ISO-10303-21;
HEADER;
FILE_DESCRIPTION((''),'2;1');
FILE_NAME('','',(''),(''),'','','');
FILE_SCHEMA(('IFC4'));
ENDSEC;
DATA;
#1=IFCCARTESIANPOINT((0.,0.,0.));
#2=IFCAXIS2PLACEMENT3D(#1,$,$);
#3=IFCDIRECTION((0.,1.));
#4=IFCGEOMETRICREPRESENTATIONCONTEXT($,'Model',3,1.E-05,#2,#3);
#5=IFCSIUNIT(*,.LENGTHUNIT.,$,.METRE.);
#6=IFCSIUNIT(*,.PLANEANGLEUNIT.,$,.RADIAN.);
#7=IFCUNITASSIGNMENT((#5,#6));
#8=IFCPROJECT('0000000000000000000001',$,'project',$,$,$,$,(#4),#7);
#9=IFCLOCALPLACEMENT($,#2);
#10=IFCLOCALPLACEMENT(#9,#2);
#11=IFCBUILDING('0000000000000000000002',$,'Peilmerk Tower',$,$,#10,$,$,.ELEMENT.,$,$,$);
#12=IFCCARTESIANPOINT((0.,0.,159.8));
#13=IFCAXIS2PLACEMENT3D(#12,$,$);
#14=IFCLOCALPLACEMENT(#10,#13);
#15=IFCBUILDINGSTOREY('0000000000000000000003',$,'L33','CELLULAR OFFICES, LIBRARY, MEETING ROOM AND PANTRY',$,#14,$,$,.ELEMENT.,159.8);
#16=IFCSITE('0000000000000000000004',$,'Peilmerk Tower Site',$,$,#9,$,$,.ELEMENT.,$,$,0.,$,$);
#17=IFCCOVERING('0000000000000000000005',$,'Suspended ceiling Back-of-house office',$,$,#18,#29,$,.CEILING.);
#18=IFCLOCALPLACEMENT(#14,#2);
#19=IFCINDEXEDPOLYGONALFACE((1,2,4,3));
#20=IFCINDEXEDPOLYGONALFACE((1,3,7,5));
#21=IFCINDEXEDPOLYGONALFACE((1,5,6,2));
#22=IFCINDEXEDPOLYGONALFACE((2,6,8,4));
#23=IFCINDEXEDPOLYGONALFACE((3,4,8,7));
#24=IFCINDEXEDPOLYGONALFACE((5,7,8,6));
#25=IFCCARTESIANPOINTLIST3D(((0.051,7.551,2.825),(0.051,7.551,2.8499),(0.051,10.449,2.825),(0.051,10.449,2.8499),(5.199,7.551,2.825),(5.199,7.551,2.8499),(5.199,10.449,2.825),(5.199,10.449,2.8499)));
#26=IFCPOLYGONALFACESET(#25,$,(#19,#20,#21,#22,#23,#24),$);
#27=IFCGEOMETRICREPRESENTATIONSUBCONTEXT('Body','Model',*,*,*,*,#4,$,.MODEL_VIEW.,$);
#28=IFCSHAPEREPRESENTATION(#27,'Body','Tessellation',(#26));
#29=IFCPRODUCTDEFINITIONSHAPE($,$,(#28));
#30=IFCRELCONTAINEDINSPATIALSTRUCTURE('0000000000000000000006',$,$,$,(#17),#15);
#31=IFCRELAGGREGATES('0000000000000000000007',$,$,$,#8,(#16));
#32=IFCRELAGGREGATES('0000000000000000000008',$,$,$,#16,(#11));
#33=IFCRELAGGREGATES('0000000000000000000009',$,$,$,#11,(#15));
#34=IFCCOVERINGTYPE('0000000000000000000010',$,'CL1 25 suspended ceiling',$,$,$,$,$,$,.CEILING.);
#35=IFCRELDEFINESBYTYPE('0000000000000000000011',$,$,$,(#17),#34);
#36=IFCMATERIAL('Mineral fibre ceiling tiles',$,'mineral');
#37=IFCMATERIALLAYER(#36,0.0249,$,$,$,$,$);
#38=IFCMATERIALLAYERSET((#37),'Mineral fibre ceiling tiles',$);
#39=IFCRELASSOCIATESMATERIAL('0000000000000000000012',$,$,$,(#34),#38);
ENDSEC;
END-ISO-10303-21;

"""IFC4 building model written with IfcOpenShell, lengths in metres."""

from ifc_helpers import new_model, si_unit, direction, frame, origin, place, context, subcontext, project, spatial, polyline, outline, extrude, material, layer, layer_set, type_object, element, save


model = new_model("IFC4")

# Units and contexts
model_context = context("Model", 3, precision=1e-05, world=origin(), true_north=direction((0.0, 1.0)))
body_context = subcontext(model_context, "Body", "Model", "MODEL_VIEW")
ifc_project = project(units=[si_unit("LENGTHUNIT", "METRE"), si_unit("PLANEANGLEUNIT", "RADIAN")], contexts=[model_context])

# Site, building, storey
site_placement = place(None, origin())
site = spatial("IfcSite", under=ifc_project, at=site_placement, Name="Peilmerk Tower Site", CompositionType="ELEMENT", RefElevation=0.0)
building_placement = place(site_placement, origin())
building = spatial("IfcBuilding", under=site, at=building_placement, Name="Peilmerk Tower", CompositionType="ELEMENT")
storey_placement = place(building_placement, frame((0.0, 0.0, 159.8)))
storey = spatial("IfcBuildingStorey", under=building, at=storey_placement, Name="L33", Description="CELLULAR OFFICES, LIBRARY, MEETING ROOM AND PANTRY", CompositionType="ELEMENT", Elevation=159.8)

# Covering
ifc_material_1 = material(Name="Mineral fibre ceiling tiles", Category="mineral")
ifc_layer_1 = layer(ifc_material_1, 0.0249)
ifc_layer_set_1 = layer_set([ifc_layer_1], Name="Mineral fibre ceiling tiles")
covering_type = type_object("IfcCoveringType", Name="CL1 25 suspended ceiling", PredefinedType="CEILING", material=ifc_layer_set_1)
covering_1_placement = place(storey_placement, frame((0.0, 0.0, 2.825)))
element("IfcCovering", 1, at=covering_1_placement, inside=storey, type_object=covering_type, Name="Suspended ceiling Back-of-house office", PredefinedType="CEILING", context=body_context, shape_type="SweptSolid", body=[
    extrude(outline(polyline([(0.051, 7.551), (5.199, 7.551), (5.199, 10.449), (0.051, 10.449), (0.051, 7.551)])), origin(), (0.0, 0.0, 1.0), 0.0249),
])

save(model, "model.ifc")
